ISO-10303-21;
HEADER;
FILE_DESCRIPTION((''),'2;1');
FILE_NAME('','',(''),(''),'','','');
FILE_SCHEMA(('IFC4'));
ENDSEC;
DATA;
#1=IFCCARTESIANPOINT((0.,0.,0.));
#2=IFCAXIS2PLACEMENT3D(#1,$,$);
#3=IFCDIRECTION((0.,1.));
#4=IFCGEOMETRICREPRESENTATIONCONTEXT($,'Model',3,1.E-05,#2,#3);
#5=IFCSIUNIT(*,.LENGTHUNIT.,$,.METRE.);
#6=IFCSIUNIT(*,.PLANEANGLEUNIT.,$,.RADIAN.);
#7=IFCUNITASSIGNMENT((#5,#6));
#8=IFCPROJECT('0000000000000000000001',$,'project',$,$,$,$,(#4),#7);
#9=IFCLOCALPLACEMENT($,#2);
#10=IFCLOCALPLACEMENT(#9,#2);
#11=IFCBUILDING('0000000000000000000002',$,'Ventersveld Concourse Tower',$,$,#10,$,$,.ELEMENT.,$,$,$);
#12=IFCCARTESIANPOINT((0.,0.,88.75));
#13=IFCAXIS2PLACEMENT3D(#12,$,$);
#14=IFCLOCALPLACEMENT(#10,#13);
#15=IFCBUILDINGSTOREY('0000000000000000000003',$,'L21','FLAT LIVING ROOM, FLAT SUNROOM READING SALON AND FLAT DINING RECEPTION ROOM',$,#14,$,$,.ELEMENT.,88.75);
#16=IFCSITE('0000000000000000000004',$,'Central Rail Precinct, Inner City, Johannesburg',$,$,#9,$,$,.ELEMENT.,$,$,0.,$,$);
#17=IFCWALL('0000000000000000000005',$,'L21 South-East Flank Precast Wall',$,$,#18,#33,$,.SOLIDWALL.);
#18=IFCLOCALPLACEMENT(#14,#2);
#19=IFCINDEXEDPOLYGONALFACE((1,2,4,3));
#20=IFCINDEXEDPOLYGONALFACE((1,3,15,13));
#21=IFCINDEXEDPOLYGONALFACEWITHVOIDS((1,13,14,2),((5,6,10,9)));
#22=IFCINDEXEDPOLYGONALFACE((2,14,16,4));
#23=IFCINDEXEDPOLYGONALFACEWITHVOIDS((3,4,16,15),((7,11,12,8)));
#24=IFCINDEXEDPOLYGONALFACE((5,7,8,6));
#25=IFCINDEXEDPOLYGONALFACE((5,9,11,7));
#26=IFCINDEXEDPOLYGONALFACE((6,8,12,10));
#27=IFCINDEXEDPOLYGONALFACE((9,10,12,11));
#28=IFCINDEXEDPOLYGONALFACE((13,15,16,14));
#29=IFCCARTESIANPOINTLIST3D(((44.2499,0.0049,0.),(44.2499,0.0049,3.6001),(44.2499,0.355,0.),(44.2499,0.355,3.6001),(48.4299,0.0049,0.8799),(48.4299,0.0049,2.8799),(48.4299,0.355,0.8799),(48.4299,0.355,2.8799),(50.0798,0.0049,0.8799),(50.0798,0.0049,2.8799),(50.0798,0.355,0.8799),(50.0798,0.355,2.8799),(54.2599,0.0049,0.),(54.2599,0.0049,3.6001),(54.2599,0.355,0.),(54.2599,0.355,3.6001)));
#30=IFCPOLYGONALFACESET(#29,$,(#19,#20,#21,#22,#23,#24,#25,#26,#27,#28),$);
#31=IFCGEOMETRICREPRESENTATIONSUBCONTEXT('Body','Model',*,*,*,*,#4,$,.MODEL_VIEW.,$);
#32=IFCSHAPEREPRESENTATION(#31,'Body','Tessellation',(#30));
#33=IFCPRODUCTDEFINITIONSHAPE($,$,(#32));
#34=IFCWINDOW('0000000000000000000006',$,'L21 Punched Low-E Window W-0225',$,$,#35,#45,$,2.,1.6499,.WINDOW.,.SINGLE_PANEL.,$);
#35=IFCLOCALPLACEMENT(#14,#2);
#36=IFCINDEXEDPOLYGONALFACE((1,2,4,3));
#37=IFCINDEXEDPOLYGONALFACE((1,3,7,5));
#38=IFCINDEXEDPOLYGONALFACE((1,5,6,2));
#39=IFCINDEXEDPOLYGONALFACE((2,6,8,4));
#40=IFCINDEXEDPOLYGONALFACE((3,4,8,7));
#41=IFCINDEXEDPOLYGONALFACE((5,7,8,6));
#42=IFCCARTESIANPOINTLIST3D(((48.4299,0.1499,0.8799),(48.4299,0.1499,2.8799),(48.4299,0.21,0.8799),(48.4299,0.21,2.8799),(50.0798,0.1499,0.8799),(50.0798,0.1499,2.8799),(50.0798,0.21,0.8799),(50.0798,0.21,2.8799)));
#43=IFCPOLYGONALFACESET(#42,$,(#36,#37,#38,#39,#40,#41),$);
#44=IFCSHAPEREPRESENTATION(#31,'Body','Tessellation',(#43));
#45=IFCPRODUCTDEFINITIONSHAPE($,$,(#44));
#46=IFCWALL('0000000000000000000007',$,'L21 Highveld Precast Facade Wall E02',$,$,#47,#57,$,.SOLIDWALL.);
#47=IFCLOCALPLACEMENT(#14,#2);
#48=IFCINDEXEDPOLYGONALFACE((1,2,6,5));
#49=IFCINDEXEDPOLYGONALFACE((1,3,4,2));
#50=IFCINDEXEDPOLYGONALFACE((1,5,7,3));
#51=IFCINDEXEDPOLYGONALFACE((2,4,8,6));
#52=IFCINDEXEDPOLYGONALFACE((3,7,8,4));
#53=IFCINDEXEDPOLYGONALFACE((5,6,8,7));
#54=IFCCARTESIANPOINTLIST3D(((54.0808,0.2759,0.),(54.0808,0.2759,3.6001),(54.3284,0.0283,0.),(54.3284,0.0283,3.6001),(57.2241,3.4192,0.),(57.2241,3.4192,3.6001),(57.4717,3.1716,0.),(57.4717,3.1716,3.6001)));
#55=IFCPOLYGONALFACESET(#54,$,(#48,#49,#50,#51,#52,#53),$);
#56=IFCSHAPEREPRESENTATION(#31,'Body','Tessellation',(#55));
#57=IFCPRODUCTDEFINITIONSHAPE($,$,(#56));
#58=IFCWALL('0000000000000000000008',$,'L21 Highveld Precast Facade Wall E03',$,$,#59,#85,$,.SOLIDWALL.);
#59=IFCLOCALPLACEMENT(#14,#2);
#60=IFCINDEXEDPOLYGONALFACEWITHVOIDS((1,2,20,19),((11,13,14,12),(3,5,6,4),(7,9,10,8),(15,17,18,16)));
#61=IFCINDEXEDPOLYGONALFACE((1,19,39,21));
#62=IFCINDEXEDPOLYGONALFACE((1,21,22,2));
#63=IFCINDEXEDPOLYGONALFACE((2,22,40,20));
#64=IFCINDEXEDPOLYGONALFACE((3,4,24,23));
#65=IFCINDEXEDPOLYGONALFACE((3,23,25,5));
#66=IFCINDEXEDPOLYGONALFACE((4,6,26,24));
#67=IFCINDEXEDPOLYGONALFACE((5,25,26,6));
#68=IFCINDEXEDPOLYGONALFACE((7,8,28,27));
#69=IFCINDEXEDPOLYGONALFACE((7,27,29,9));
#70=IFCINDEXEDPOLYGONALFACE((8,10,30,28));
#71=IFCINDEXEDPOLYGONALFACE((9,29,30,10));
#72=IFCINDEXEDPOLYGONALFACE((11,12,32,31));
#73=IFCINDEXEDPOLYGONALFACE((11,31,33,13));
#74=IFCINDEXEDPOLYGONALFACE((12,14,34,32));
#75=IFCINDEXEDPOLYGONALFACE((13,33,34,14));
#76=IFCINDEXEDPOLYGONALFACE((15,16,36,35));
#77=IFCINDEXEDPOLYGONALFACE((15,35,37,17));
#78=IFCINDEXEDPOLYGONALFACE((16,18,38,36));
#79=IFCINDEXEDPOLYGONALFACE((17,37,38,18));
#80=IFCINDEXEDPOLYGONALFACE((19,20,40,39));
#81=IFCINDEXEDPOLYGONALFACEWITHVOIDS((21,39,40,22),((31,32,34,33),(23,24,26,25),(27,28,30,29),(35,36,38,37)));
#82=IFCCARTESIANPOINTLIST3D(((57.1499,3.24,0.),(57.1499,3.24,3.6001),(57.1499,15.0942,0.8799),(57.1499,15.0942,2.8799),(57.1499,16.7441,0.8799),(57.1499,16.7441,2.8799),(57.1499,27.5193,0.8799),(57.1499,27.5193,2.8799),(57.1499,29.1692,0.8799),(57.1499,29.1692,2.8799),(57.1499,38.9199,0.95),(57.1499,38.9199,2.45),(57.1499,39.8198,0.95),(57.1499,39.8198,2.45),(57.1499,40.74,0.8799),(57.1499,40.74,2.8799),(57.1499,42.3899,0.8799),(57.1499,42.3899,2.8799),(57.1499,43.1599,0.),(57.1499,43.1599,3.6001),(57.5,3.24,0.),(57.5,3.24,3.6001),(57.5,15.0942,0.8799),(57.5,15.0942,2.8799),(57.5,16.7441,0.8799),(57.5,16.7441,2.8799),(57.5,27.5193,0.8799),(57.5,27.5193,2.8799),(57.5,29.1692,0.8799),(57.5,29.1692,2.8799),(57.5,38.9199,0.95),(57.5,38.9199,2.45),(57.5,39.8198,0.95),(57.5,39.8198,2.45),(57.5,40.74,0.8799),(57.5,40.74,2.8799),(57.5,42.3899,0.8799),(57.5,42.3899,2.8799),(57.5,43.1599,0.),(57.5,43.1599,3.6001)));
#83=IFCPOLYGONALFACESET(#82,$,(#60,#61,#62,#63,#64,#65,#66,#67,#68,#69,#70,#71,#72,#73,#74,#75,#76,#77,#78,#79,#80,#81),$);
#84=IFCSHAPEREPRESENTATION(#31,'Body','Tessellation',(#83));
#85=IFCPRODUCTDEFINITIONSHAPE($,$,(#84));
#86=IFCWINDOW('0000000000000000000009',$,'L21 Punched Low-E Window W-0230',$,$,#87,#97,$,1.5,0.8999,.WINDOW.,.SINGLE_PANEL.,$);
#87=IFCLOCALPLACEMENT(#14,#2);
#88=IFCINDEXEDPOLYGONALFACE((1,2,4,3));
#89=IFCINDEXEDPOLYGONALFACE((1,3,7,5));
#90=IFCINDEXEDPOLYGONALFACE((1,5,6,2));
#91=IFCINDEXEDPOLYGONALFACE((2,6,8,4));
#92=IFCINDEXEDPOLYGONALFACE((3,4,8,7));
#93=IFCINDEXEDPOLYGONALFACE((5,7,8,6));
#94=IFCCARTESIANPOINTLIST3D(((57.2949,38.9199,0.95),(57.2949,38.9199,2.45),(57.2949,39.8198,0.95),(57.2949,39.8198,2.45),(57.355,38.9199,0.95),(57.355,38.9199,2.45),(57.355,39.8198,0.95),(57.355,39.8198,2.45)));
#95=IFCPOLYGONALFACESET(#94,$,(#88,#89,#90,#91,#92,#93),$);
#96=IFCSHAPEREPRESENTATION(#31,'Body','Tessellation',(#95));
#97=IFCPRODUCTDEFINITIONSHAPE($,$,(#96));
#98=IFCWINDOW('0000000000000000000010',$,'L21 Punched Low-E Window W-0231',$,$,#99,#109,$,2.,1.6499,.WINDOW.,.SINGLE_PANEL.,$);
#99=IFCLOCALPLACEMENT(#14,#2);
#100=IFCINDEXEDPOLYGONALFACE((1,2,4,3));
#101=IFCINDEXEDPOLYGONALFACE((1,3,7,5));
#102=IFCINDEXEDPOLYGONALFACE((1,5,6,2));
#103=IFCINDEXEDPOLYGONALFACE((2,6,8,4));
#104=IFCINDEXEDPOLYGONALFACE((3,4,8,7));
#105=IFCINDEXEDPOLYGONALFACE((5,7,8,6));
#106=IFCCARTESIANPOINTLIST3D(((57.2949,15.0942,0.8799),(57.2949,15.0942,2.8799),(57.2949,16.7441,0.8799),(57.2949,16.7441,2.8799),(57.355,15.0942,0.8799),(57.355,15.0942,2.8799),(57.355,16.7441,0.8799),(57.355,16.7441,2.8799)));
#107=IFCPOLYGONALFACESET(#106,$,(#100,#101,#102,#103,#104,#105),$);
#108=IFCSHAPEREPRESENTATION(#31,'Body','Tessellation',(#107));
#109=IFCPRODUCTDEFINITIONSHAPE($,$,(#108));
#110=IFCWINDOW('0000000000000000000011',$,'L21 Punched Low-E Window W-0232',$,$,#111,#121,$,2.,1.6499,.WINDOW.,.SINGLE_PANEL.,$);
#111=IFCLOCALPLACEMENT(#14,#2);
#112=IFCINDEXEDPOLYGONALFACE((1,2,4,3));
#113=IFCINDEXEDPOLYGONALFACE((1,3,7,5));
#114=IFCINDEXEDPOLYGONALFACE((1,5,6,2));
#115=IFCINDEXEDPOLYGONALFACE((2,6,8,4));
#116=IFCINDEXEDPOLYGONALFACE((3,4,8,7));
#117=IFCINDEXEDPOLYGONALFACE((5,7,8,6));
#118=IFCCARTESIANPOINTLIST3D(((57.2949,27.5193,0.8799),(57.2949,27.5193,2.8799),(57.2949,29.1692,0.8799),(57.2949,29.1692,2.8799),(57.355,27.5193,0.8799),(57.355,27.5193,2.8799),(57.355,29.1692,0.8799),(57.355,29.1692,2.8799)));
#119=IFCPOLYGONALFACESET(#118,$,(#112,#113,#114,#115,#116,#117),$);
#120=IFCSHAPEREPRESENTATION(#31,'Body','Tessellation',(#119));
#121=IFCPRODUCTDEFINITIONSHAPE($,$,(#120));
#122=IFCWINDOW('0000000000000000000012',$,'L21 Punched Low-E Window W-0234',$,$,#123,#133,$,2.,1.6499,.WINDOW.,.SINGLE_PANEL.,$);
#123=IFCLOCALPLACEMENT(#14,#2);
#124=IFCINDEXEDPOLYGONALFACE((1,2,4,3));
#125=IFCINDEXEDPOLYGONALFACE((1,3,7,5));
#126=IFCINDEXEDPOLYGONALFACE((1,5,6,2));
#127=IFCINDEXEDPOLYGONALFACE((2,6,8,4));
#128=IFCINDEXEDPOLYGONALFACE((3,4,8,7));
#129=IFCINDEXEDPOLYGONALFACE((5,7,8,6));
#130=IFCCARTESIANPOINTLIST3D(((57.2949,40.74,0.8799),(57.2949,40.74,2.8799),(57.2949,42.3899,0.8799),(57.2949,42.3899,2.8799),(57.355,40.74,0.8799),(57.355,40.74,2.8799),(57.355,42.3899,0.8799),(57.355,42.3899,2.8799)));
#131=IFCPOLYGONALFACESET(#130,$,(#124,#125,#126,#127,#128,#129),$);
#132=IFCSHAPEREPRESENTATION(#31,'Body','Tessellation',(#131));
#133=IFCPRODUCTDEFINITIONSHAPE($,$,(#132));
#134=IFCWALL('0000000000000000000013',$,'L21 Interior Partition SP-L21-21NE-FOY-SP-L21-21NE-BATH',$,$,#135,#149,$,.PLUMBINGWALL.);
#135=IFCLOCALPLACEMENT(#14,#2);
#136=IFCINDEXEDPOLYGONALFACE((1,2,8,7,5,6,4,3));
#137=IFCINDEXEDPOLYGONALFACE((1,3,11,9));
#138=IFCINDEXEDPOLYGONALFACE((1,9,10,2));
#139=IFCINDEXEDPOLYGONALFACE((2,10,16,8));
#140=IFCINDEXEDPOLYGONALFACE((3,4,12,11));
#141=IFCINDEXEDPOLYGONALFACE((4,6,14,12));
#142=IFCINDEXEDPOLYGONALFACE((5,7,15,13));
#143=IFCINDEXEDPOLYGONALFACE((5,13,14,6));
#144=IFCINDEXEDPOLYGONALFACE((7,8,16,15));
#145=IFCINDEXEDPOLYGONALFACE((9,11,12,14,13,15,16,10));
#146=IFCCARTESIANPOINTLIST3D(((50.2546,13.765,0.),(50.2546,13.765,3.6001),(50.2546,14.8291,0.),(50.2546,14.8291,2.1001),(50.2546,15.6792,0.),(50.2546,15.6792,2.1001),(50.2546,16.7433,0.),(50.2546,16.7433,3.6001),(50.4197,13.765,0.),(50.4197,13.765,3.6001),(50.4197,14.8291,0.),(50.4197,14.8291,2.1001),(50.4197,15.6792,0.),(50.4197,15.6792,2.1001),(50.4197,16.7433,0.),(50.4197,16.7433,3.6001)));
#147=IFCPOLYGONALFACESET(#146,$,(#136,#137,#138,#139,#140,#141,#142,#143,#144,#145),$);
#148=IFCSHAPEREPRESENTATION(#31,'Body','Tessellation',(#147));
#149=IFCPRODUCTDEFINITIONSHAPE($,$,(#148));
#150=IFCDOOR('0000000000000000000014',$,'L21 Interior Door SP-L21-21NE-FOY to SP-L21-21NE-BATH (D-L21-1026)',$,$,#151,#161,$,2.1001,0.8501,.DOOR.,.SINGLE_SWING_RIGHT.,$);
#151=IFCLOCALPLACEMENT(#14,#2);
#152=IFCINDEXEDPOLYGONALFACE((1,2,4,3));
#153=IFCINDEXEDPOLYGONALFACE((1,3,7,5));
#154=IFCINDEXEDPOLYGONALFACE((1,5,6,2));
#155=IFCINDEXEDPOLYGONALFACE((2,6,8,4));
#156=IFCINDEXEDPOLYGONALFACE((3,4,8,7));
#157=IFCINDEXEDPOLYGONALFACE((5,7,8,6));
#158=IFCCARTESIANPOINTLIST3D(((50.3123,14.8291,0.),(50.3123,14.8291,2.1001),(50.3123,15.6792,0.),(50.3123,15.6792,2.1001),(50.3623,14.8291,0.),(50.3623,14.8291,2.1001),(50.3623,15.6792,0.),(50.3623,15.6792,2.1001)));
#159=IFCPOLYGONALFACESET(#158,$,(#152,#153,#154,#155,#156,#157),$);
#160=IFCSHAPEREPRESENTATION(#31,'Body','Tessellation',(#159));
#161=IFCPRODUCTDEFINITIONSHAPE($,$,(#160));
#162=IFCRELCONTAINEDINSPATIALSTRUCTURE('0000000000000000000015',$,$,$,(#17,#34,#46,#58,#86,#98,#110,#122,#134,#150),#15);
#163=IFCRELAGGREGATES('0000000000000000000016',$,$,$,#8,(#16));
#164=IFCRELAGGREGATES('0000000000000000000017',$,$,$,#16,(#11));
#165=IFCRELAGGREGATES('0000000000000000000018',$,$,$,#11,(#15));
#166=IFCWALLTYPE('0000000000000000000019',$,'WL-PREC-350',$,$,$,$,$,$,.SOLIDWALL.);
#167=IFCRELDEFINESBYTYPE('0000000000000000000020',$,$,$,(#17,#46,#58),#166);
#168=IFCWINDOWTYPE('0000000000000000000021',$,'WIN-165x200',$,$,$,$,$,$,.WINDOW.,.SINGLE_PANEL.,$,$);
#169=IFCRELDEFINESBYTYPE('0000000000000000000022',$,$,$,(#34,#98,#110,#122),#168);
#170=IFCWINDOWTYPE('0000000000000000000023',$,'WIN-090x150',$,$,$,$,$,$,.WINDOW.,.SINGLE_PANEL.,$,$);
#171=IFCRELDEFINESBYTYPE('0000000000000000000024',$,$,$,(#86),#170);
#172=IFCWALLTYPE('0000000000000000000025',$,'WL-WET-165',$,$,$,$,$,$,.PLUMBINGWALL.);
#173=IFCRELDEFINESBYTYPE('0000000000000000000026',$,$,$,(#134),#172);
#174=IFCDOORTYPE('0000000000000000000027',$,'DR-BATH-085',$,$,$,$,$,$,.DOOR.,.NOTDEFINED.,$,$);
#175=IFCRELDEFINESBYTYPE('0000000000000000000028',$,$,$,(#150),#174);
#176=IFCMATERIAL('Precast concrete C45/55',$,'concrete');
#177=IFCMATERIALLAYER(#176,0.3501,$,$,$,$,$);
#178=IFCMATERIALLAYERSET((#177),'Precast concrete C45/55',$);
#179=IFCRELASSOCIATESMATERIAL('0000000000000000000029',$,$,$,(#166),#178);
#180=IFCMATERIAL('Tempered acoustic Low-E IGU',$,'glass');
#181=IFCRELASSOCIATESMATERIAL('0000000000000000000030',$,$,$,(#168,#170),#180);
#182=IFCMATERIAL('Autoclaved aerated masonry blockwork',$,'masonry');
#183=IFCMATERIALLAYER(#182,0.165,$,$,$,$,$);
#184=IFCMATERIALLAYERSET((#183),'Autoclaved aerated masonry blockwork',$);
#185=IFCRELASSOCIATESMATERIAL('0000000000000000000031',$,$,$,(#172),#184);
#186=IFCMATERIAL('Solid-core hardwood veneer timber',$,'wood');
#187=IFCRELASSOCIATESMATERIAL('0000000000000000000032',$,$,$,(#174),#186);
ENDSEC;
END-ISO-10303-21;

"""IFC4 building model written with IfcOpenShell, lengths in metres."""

from ifc_helpers import new_model, si_unit, direction, frame, frame_2d, origin, place, context, subcontext, project, spatial, rectangle, extrude, material, layer, layer_set, type_object, element, fill, save


model = new_model("IFC4")

# Units and contexts
model_context = context("Model", 3, precision=1e-05, world=origin(), true_north=direction((0.0, 1.0)))
body_context = subcontext(model_context, "Body", "Model", "MODEL_VIEW")
ifc_project = project(units=[si_unit("LENGTHUNIT", "METRE"), si_unit("PLANEANGLEUNIT", "RADIAN")], contexts=[model_context])

# Site, building, storey
site_placement = place(None, origin())
site = spatial("IfcSite", under=ifc_project, at=site_placement, Name="Central Rail Precinct, Inner City, Johannesburg", CompositionType="ELEMENT", RefElevation=0.0)
building_placement = place(site_placement, origin())
building = spatial("IfcBuilding", under=site, at=building_placement, Name="Ventersveld Concourse Tower", CompositionType="ELEMENT")
storey_placement = place(building_placement, frame((0.0, 0.0, 88.75)))
storey = spatial("IfcBuildingStorey", under=building, at=storey_placement, Name="L21", Description="FLAT LIVING ROOM, FLAT SUNROOM READING SALON AND FLAT DINING RECEPTION ROOM", CompositionType="ELEMENT", Elevation=88.75)

# Shared definitions
ifc_material_1 = material(Name="Solid-core hardwood veneer timber", Category="wood")

# Shared definitions
ifc_material_2 = material(Name="Autoclaved aerated masonry blockwork", Category="masonry")

# Wall, opening, window
ifc_material_3 = material(Name="Precast concrete C45/55", Category="concrete")
ifc_layer_1 = layer(ifc_material_3, 0.3501)
ifc_layer_set_1 = layer_set([ifc_layer_1], Name="Precast concrete C45/55")
wall_type_1 = type_object("IfcWallType", Name="WL-PREC-350", PredefinedType="SOLIDWALL", material=ifc_layer_set_1)
wall_1_placement = place(storey_placement, frame((44.25, 0.1799, 0.0), z_axis=(0.0, 0.0, 1.0), x_axis=(1.0, 0.0, 0.0)))
wall_1 = element("IfcWall", 1, at=wall_1_placement, inside=storey, type_object=wall_type_1, Name="L21 South-East Flank Precast Wall", PredefinedType="SOLIDWALL", context=body_context, shape_type="SweptSolid", body=[
    extrude(rectangle(XDim=10.01, YDim=0.3501, at=frame_2d((5.0049, 0.0))), origin(), (0.0, 0.0, 1.0), 3.6001),
])
opening_1_placement = place(wall_1_placement, frame((4.1799, 0.0, 0.8799)))
opening_1 = element("IfcOpeningElement", 2, at=opening_1_placement, cuts=wall_1, PredefinedType="OPENING", context=body_context, shape_type="SweptSolid", body=[
    extrude(rectangle(XDim=1.6499, YDim=2.0, at=frame_2d((0.825, 1.0))), frame((0.0, 0.1851, 0.0), z_axis=(0.0, -1.0, 0.0), x_axis=(1.0, 0.0, 0.0)), (0.0, 0.0, 1.0), 0.3701),
])
ifc_material_4 = material(Name="Tempered acoustic Low-E IGU", Category="glass")
window_type_1 = type_object("IfcWindowType", Name="WIN-165x200", PartitioningType="SINGLE_PANEL", PredefinedType="WINDOW", material=ifc_material_4)
window_1_placement = place(opening_1_placement, origin())
window_1 = element("IfcWindow", 3, at=window_1_placement, inside=storey, type_object=window_type_1, Name="L21 Punched Low-E Window W-0225", OverallHeight=2.0, OverallWidth=1.6499, PartitioningType="SINGLE_PANEL", PredefinedType="WINDOW", context=body_context, shape_type="SweptSolid", body=[
    extrude(rectangle(XDim=1.6499, YDim=2.0, at=frame_2d((0.825, 1.0))), frame((0.0, 0.03, 0.0), z_axis=(0.0, -1.0, 0.0), x_axis=(1.0, 0.0, 0.0)), (0.0, 0.0, 1.0), 0.0601),
])
fill(opening_1, window_1)

# Wall
wall_2_placement = place(storey_placement, frame((54.2046, 0.1521, 0.0), z_axis=(0.0, 0.0, 1.0), x_axis=(0.707107, 0.707107, 0.0)))
element("IfcWall", 4, at=wall_2_placement, inside=storey, type_object=wall_type_1, Name="L21 Highveld Precast Facade Wall E02", PredefinedType="SOLIDWALL", context=body_context, shape_type="SweptSolid", body=[
    extrude(rectangle(XDim=4.4453, YDim=0.3501, at=frame_2d((2.2227, 0.0))), origin(), (0.0, 0.0, 1.0), 3.6001),
])

# Wall, openings, windows
wall_3_placement = place(storey_placement, frame((57.325, 3.24, 0.0), z_axis=(0.0, 0.0, 1.0), x_axis=(0.0, 1.0, 0.0)))
wall_3 = element("IfcWall", 5, at=wall_3_placement, inside=storey, type_object=wall_type_1, Name="L21 Highveld Precast Facade Wall E03", PredefinedType="SOLIDWALL", context=body_context, shape_type="SweptSolid", body=[
    extrude(rectangle(XDim=39.9199, YDim=0.3501, at=frame_2d((19.96, 0.0))), origin(), (0.0, 0.0, 1.0), 3.6001),
])
opening_2_placement = place(wall_3_placement, frame((35.6799, 0.0, 0.95)))
opening_2 = element("IfcOpeningElement", 6, at=opening_2_placement, cuts=wall_3, PredefinedType="OPENING", context=body_context, shape_type="SweptSolid", body=[
    extrude(rectangle(XDim=0.8999, YDim=1.5, at=frame_2d((0.45, 0.75))), frame((0.0, 0.1851, 0.0), z_axis=(0.0, -1.0, 0.0), x_axis=(1.0, 0.0, 0.0)), (0.0, 0.0, 1.0), 0.3701),
])
opening_3_placement = place(wall_3_placement, frame((11.8542, 0.0, 0.8799)))
opening_3 = element("IfcOpeningElement", 7, at=opening_3_placement, cuts=wall_3, PredefinedType="OPENING", context=body_context, shape_type="SweptSolid", body=[
    extrude(rectangle(XDim=1.6499, YDim=2.0, at=frame_2d((0.825, 1.0))), frame((0.0, 0.1851, 0.0), z_axis=(0.0, -1.0, 0.0), x_axis=(1.0, 0.0, 0.0)), (0.0, 0.0, 1.0), 0.3701),
])
opening_4_placement = place(wall_3_placement, frame((24.2793, 0.0, 0.8799)))
opening_4 = element("IfcOpeningElement", 8, at=opening_4_placement, cuts=wall_3, PredefinedType="OPENING", context=body_context, shape_type="SweptSolid", body=[
    extrude(rectangle(XDim=1.6499, YDim=2.0, at=frame_2d((0.825, 1.0))), frame((0.0, 0.1851, 0.0), z_axis=(0.0, -1.0, 0.0), x_axis=(1.0, 0.0, 0.0)), (0.0, 0.0, 1.0), 0.3701),
])
opening_5_placement = place(wall_3_placement, frame((37.5, 0.0, 0.8799)))
opening_5 = element("IfcOpeningElement", 9, at=opening_5_placement, cuts=wall_3, PredefinedType="OPENING", context=body_context, shape_type="SweptSolid", body=[
    extrude(rectangle(XDim=1.6499, YDim=2.0, at=frame_2d((0.825, 1.0))), frame((0.0, 0.1851, 0.0), z_axis=(0.0, -1.0, 0.0), x_axis=(1.0, 0.0, 0.0)), (0.0, 0.0, 1.0), 0.3701),
])
window_type_2 = type_object("IfcWindowType", Name="WIN-090x150", PartitioningType="SINGLE_PANEL", PredefinedType="WINDOW", material=ifc_material_4)
window_2_placement = place(opening_2_placement, origin())
window_2 = element("IfcWindow", 10, at=window_2_placement, inside=storey, type_object=window_type_2, Name="L21 Punched Low-E Window W-0230", OverallHeight=1.5, OverallWidth=0.8999, PartitioningType="SINGLE_PANEL", PredefinedType="WINDOW", context=body_context, shape_type="SweptSolid", body=[
    extrude(rectangle(XDim=0.8999, YDim=1.5, at=frame_2d((0.45, 0.75))), frame((0.0, 0.03, 0.0), z_axis=(0.0, -1.0, 0.0), x_axis=(1.0, 0.0, 0.0)), (0.0, 0.0, 1.0), 0.0601),
])
fill(opening_2, window_2)
window_3_placement = place(opening_3_placement, origin())
window_3 = element("IfcWindow", 11, at=window_3_placement, inside=storey, type_object=window_type_1, Name="L21 Punched Low-E Window W-0231", OverallHeight=2.0, OverallWidth=1.6499, PartitioningType="SINGLE_PANEL", PredefinedType="WINDOW", context=body_context, shape_type="SweptSolid", body=[
    extrude(rectangle(XDim=1.6499, YDim=2.0, at=frame_2d((0.825, 1.0))), frame((0.0, 0.03, 0.0), z_axis=(0.0, -1.0, 0.0), x_axis=(1.0, 0.0, 0.0)), (0.0, 0.0, 1.0), 0.0601),
])
fill(opening_3, window_3)
window_4_placement = place(opening_4_placement, origin())
window_4 = element("IfcWindow", 12, at=window_4_placement, inside=storey, type_object=window_type_1, Name="L21 Punched Low-E Window W-0232", OverallHeight=2.0, OverallWidth=1.6499, PartitioningType="SINGLE_PANEL", PredefinedType="WINDOW", context=body_context, shape_type="SweptSolid", body=[
    extrude(rectangle(XDim=1.6499, YDim=2.0, at=frame_2d((0.825, 1.0))), frame((0.0, 0.03, 0.0), z_axis=(0.0, -1.0, 0.0), x_axis=(1.0, 0.0, 0.0)), (0.0, 0.0, 1.0), 0.0601),
])
fill(opening_4, window_4)
window_5_placement = place(opening_5_placement, origin())
window_5 = element("IfcWindow", 13, at=window_5_placement, inside=storey, type_object=window_type_1, Name="L21 Punched Low-E Window W-0234", OverallHeight=2.0, OverallWidth=1.6499, PartitioningType="SINGLE_PANEL", PredefinedType="WINDOW", context=body_context, shape_type="SweptSolid", body=[
    extrude(rectangle(XDim=1.6499, YDim=2.0, at=frame_2d((0.825, 1.0))), frame((0.0, 0.03, 0.0), z_axis=(0.0, -1.0, 0.0), x_axis=(1.0, 0.0, 0.0)), (0.0, 0.0, 1.0), 0.0601),
])
fill(opening_5, window_5)

# Wall, opening, door
ifc_layer_2 = layer(ifc_material_2, 0.165)
ifc_layer_set_2 = layer_set([ifc_layer_2], Name="Autoclaved aerated masonry blockwork")
wall_type_2 = type_object("IfcWallType", Name="WL-WET-165", PredefinedType="PLUMBINGWALL", material=ifc_layer_set_2)
wall_4_placement = place(storey_placement, frame((50.3372, 13.7649, 0.0), z_axis=(0.0, 0.0, 1.0), x_axis=(0.0, 1.0, 0.0)))
wall_4 = element("IfcWall", 14, at=wall_4_placement, inside=storey, type_object=wall_type_2, Name="L21 Interior Partition SP-L21-21NE-FOY-SP-L21-21NE-BATH", PredefinedType="PLUMBINGWALL", context=body_context, shape_type="SweptSolid", body=[
    extrude(rectangle(XDim=2.9783, YDim=0.165, at=frame_2d((1.4893, 0.0))), origin(), (0.0, 0.0, 1.0), 3.6001),
])
opening_6_placement = place(wall_4_placement, frame((1.0642, 0.0, 0.0)))
opening_6 = element("IfcOpeningElement", 15, at=opening_6_placement, cuts=wall_4, PredefinedType="OPENING", context=body_context, shape_type="SweptSolid", body=[
    extrude(rectangle(XDim=0.8501, YDim=2.1001, at=frame_2d((0.425, 1.05))), frame((0.0, 0.0925, 0.0), z_axis=(0.0, -1.0, 0.0), x_axis=(1.0, 0.0, 0.0)), (0.0, 0.0, 1.0), 0.1851),
])
door_type_1 = type_object("IfcDoorType", Name="DR-BATH-085", OperationType="NOTDEFINED", PredefinedType="DOOR", material=ifc_material_1)
door_1_placement = place(opening_6_placement, origin())
door_1 = element("IfcDoor", 16, at=door_1_placement, inside=storey, type_object=door_type_1, Name="L21 Interior Door SP-L21-21NE-FOY to SP-L21-21NE-BATH (D-L21-1026)", OperationType="SINGLE_SWING_RIGHT", OverallHeight=2.1001, OverallWidth=0.8501, PredefinedType="DOOR", context=body_context, shape_type="SweptSolid", body=[
    extrude(rectangle(XDim=0.8501, YDim=2.1001, at=frame_2d((0.425, 1.05))), frame((0.0, 0.0249, 0.0), z_axis=(0.0, -1.0, 0.0), x_axis=(1.0, 0.0, 0.0)), (0.0, 0.0, 1.0), 0.05),
])
fill(opening_6, door_1)

save(model, "model.ifc")
